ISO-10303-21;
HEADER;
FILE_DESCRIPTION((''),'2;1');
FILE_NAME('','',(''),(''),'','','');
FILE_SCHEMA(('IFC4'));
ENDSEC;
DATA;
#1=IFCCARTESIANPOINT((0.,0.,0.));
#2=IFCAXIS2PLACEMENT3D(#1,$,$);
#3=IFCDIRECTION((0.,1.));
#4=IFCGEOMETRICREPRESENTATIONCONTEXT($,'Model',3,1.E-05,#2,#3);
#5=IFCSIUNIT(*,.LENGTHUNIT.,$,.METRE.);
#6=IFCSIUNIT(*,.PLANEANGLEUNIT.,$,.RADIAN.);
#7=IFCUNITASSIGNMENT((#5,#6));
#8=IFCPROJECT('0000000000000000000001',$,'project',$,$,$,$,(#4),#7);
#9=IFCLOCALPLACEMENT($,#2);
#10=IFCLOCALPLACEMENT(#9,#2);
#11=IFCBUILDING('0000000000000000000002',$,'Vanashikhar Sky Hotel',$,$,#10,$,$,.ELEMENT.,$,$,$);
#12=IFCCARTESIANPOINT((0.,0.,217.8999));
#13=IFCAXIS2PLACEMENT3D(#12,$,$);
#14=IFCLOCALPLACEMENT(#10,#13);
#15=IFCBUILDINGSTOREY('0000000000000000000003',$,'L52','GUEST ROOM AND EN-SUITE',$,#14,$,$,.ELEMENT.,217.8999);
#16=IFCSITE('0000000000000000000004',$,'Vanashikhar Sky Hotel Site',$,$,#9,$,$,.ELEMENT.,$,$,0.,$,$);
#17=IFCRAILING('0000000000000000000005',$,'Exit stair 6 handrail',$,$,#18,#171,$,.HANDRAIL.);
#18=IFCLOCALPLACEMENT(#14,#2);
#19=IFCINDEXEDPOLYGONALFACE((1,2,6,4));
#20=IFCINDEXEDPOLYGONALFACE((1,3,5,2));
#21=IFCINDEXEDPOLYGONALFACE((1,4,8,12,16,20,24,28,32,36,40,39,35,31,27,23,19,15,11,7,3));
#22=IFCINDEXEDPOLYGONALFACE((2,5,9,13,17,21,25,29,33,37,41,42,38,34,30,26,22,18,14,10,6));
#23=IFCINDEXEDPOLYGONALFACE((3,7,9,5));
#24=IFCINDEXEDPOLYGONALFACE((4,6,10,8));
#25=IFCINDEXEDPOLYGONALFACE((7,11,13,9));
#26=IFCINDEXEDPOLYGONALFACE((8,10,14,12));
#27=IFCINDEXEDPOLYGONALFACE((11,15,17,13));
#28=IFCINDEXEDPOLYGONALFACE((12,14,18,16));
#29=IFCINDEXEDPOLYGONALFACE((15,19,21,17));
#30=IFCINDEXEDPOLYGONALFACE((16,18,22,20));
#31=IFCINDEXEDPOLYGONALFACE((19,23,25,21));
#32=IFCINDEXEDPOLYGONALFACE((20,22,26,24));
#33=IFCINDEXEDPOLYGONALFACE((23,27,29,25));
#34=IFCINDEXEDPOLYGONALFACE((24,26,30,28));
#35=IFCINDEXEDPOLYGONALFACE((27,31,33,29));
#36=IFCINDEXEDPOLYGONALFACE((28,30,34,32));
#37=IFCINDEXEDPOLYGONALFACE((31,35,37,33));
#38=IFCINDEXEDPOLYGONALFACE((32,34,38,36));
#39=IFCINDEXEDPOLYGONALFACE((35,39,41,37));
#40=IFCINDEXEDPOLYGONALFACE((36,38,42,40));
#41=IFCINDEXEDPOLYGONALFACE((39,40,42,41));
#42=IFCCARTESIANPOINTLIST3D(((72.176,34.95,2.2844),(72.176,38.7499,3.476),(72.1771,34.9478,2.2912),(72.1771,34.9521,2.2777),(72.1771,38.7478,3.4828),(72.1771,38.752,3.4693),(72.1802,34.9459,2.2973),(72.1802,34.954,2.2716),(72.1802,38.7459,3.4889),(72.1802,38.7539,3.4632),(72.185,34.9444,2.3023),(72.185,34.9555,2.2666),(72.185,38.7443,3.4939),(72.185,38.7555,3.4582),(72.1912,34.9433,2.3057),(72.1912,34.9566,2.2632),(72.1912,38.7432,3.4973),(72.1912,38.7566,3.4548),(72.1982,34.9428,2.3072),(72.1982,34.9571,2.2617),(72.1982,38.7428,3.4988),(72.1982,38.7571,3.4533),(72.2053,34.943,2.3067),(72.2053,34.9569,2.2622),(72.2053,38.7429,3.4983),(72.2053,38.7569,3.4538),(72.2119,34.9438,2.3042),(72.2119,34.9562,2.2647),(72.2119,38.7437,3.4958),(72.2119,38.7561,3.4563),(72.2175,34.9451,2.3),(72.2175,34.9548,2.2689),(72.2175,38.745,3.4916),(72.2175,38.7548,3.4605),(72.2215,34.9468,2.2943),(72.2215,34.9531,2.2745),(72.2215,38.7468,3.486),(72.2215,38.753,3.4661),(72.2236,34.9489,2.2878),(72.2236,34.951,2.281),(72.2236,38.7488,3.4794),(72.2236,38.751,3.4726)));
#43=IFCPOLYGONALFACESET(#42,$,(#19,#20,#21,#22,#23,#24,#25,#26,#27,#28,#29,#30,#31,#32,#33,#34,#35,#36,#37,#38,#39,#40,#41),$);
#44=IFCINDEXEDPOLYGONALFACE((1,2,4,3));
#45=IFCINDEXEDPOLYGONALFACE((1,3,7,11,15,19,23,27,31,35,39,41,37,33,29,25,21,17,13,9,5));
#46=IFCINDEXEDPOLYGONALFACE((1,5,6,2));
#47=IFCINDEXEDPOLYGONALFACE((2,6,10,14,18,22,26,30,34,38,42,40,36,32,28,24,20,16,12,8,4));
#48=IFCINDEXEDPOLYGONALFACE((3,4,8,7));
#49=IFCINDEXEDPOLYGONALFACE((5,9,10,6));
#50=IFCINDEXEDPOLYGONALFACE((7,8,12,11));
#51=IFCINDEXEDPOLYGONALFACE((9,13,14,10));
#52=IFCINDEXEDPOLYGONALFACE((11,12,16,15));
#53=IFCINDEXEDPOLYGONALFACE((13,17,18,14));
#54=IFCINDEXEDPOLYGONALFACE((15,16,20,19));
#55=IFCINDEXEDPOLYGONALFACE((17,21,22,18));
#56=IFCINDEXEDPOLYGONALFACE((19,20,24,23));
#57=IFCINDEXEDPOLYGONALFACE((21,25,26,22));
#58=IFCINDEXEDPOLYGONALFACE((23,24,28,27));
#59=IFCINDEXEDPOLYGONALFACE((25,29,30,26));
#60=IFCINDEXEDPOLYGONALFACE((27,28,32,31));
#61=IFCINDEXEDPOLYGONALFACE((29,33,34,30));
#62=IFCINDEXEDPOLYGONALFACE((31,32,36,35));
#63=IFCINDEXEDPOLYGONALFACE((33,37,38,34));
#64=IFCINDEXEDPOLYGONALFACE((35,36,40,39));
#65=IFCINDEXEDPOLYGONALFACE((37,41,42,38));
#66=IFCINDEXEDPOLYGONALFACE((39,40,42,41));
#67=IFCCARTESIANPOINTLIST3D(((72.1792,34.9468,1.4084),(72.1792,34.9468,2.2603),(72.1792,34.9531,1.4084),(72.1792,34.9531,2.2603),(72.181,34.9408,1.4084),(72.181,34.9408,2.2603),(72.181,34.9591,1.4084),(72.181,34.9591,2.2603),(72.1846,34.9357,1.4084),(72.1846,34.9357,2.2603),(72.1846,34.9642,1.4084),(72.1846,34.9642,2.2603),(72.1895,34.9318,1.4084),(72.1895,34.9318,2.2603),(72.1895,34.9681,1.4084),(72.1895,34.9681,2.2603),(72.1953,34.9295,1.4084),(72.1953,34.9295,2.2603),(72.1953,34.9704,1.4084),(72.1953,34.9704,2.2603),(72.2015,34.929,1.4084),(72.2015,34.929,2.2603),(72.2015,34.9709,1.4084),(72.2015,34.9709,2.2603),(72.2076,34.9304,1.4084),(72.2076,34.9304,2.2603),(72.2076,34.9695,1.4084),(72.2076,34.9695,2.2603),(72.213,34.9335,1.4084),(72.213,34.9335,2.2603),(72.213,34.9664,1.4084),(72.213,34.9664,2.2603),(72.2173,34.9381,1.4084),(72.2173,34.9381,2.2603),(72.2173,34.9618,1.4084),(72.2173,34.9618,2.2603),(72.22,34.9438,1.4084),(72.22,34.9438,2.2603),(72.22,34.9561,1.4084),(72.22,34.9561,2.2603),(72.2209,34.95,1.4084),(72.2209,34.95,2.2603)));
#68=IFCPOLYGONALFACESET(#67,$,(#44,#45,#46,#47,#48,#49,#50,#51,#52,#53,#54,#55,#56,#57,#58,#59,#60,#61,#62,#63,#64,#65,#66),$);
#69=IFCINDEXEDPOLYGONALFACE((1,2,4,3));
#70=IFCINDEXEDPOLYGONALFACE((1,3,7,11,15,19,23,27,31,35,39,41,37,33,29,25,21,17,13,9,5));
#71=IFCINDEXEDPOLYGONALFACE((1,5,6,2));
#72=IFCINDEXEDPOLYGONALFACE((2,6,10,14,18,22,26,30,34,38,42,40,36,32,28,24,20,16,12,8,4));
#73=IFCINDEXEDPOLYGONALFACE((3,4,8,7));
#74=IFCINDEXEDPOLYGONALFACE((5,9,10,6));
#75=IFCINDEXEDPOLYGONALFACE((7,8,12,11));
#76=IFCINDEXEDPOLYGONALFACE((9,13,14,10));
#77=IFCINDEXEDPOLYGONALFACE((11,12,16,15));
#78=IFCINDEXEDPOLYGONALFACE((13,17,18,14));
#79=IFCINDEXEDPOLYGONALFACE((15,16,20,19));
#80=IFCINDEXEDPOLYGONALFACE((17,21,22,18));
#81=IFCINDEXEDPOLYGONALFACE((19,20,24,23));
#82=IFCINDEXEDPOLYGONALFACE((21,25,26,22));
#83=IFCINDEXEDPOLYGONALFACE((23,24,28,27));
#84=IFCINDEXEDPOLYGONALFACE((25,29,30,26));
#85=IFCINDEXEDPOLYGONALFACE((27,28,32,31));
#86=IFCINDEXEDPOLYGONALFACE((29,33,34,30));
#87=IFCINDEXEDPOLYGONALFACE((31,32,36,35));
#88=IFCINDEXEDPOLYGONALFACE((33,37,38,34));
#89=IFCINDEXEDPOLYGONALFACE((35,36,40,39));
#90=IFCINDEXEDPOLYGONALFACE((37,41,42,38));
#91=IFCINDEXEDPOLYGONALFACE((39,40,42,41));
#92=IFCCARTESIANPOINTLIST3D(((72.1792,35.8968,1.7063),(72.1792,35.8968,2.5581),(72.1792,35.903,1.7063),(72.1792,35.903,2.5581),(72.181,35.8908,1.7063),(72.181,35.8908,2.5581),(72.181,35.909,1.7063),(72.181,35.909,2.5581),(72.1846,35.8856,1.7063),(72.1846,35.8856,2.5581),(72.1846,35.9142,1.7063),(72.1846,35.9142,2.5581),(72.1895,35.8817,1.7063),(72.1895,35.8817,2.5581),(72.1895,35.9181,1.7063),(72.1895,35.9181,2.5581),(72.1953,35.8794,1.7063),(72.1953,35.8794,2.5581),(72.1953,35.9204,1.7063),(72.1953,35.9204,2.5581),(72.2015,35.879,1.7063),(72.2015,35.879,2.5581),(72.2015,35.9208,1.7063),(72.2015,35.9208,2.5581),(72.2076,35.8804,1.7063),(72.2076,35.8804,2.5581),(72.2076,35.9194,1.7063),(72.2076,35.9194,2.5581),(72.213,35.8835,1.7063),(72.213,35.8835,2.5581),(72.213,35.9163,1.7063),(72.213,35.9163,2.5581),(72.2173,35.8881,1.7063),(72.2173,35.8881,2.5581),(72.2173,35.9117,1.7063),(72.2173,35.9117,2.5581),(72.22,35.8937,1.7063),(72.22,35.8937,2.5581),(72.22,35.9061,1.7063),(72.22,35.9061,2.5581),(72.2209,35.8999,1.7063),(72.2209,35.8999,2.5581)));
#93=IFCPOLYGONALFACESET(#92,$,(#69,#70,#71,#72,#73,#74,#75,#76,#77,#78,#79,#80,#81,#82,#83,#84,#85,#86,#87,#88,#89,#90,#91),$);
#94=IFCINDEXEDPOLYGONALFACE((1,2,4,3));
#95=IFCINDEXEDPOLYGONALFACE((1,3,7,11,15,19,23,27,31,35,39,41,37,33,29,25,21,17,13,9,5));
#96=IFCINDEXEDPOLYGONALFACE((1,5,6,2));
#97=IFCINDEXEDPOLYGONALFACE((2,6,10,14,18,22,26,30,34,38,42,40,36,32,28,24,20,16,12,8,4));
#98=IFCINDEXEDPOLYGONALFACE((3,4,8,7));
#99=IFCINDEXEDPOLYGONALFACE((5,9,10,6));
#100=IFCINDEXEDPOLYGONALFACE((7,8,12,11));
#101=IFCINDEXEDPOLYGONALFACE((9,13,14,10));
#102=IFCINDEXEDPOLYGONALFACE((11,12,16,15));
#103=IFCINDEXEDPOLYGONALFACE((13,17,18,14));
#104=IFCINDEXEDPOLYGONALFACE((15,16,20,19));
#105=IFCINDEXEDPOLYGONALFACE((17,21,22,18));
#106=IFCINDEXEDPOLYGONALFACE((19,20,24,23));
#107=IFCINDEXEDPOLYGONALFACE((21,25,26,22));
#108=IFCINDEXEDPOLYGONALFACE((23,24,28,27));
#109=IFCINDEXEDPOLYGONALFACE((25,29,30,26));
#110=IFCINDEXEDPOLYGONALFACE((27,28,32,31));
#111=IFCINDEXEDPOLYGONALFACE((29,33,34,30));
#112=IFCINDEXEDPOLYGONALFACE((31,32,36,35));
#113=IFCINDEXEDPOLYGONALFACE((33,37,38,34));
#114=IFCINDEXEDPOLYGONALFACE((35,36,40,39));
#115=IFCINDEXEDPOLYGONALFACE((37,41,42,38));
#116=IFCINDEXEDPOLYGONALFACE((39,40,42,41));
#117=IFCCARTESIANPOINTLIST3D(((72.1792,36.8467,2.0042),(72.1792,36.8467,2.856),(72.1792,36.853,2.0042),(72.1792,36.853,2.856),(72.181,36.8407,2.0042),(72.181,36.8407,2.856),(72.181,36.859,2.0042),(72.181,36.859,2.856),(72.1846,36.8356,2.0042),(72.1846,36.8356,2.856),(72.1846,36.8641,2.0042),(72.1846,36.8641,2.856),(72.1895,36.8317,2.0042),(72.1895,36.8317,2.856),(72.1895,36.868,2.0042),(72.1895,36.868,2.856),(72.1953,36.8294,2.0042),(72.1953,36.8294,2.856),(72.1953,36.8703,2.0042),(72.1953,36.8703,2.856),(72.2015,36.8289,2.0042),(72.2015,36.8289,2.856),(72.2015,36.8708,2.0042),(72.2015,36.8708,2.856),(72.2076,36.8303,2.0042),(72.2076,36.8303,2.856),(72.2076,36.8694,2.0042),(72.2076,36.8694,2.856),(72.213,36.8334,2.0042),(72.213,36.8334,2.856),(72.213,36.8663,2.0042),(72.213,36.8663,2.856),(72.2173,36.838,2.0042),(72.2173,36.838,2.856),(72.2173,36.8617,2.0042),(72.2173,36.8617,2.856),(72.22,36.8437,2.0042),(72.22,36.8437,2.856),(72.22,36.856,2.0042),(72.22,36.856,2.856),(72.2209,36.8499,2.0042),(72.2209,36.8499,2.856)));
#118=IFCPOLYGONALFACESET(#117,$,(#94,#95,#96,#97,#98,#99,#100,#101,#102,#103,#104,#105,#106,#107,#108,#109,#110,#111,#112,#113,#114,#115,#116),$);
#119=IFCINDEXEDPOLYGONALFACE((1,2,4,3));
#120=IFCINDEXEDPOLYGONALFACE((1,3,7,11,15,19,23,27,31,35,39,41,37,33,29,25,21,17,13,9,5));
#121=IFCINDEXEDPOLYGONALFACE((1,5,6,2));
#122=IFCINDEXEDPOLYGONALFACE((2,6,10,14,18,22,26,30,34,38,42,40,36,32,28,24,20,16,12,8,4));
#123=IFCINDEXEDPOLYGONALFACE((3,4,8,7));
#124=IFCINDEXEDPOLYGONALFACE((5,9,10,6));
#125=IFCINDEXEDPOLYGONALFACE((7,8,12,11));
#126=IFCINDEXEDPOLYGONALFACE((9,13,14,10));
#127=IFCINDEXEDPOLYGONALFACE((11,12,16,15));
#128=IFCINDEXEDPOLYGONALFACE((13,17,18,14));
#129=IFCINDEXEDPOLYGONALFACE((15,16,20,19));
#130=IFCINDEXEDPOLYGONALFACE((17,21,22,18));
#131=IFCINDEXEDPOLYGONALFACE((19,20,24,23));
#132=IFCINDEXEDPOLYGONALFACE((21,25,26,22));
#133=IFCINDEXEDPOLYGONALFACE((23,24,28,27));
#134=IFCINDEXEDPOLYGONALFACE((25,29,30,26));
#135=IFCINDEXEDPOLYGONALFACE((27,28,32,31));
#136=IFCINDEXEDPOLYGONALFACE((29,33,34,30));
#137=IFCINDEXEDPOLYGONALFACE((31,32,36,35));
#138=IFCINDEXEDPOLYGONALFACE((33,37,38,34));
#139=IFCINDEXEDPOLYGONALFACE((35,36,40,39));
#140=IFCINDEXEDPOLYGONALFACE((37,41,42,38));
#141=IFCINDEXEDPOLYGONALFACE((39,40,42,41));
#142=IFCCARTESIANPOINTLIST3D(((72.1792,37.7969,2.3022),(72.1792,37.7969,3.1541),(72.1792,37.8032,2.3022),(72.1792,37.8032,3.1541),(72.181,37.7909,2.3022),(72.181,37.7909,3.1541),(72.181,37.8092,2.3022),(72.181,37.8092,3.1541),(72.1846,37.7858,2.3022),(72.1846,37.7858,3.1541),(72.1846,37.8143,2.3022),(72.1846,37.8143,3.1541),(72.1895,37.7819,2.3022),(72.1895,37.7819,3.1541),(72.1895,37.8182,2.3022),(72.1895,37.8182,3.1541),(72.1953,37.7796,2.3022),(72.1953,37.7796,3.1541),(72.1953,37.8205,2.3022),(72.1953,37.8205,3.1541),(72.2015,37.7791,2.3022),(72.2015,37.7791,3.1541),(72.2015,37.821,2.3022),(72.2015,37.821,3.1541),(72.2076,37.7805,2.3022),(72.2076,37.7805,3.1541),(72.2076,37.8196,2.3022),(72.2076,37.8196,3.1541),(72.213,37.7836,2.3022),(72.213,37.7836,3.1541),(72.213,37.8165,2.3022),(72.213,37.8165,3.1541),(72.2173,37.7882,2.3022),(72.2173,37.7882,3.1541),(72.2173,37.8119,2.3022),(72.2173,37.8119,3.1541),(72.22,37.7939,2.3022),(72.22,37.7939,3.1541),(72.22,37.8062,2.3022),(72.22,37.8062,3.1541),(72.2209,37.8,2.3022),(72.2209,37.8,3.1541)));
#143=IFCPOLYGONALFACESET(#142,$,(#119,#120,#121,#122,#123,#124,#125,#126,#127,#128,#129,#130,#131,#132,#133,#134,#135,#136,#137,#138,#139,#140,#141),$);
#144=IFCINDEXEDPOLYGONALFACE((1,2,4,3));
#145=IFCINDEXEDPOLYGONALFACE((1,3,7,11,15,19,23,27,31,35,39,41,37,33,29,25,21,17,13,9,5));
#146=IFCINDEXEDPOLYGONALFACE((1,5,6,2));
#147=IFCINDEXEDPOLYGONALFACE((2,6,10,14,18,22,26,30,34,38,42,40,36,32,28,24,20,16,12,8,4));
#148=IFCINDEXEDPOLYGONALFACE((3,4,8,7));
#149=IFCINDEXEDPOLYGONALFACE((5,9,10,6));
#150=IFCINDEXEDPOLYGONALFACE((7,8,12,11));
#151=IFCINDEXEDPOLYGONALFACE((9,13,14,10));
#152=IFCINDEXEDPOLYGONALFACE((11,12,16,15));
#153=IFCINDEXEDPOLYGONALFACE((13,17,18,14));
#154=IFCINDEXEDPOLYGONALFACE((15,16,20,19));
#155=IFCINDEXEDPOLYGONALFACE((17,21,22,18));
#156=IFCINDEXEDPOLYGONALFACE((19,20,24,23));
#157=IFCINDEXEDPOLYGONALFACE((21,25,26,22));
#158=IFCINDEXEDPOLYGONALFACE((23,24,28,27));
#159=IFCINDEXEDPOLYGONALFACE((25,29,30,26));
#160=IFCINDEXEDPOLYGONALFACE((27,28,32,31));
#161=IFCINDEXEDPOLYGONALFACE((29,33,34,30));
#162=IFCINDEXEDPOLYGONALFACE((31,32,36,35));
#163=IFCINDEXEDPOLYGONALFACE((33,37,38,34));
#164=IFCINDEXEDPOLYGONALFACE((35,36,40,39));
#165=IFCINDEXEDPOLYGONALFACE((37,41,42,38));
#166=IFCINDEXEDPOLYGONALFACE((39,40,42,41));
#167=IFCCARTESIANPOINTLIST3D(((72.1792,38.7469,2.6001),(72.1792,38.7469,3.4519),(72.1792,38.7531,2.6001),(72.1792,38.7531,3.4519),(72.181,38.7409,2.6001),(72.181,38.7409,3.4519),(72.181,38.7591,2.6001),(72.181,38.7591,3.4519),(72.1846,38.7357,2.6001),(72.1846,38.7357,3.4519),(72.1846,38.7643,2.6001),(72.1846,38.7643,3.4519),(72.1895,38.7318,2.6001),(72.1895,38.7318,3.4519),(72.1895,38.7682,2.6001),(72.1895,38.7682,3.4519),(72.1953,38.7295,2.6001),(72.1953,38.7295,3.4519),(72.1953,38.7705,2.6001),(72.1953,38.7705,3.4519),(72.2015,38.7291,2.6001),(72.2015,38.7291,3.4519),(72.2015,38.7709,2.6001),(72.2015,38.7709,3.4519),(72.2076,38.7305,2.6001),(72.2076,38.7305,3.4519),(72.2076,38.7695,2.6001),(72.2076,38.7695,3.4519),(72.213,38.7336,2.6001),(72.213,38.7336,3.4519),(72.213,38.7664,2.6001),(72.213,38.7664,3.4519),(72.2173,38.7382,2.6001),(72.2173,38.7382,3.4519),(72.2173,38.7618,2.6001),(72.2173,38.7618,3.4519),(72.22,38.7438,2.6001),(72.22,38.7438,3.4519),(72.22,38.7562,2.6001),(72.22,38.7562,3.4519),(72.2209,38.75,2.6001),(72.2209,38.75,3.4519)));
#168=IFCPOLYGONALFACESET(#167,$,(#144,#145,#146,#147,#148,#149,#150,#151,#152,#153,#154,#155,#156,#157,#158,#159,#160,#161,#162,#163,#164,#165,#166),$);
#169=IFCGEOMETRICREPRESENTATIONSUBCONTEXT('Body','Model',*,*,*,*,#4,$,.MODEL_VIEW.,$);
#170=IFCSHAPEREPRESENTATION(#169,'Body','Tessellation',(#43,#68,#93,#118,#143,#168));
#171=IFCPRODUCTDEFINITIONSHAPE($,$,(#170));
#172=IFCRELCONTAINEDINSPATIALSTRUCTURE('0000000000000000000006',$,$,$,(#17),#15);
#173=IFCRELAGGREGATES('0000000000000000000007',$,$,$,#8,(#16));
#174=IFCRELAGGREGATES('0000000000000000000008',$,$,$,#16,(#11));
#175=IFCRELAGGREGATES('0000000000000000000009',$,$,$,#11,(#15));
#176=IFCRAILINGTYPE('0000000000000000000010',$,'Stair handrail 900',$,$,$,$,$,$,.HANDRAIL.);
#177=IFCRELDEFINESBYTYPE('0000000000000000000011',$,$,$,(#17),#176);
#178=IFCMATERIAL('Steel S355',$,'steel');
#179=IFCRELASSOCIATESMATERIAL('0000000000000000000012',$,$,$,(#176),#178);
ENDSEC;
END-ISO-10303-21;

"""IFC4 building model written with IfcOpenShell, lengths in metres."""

from ifc_helpers import new_model, si_unit, direction, frame, origin, origin_2d, place, context, subcontext, project, spatial, circle, extrude, source, transform, mapped, material, type_object, element, save


model = new_model("IFC4")

# Units and contexts
model_context = context("Model", 3, precision=1e-05, world=origin(), true_north=direction((0.0, 1.0)))
body_context = subcontext(model_context, "Body", "Model", "MODEL_VIEW")
ifc_project = project(units=[si_unit("LENGTHUNIT", "METRE"), si_unit("PLANEANGLEUNIT", "RADIAN")], contexts=[model_context])

# Site, building, storey
site_placement = place(None, origin())
site = spatial("IfcSite", under=ifc_project, at=site_placement, Name="Vanashikhar Sky Hotel Site", CompositionType="ELEMENT", RefElevation=0.0)
building_placement = place(site_placement, origin())
building = spatial("IfcBuilding", under=site, at=building_placement, Name="Vanashikhar Sky Hotel", CompositionType="ELEMENT")
storey_placement = place(building_placement, frame((0.0, 0.0, 217.8999)))
storey = spatial("IfcBuildingStorey", under=building, at=storey_placement, Name="L52", Description="GUEST ROOM AND EN-SUITE", CompositionType="ELEMENT", Elevation=217.8999)

# Railing
ifc_material_1 = material(Name="Steel S355", Category="steel")
railing_type_1 = type_object("IfcRailingType", Name="Stair handrail 900", PredefinedType="HANDRAIL", material=ifc_material_1)
shared_shape_1 = source(origin(), body_context, "Body", "SweptSolid", [
    extrude(circle(Radius=0.0239, at=origin_2d()), frame((0.0, 0.0, 0.876), z_axis=(0.0, 0.954184, 0.299221), x_axis=(-1.0, 0.0, 0.0)), (0.0, 0.0, 1.0), 3.9824),
    extrude(circle(Radius=0.021, at=origin_2d()), origin(), (0.0, 0.0, 1.0), 0.8518),
    extrude(circle(Radius=0.021, at=origin_2d()), frame((0.0, 0.95, 0.2979)), (0.0, 0.0, 1.0), 0.8518),
    extrude(circle(Radius=0.021, at=origin_2d()), frame((0.0, 1.8999, 0.5957)), (0.0, 0.0, 1.0), 0.8518),
    extrude(circle(Radius=0.021, at=origin_2d()), frame((0.0, 2.8501, 0.8938)), (0.0, 0.0, 1.0), 0.8518),
    extrude(circle(Radius=0.021, at=origin_2d()), frame((0.0, 3.8, 1.1917)), (0.0, 0.0, 1.0), 0.8518),
])
railing_1_placement = place(storey_placement, frame((72.2, 34.95, 1.4084)))
element("IfcRailing", 1, at=railing_1_placement, inside=storey, type_object=railing_type_1, Name="Exit stair 6 handrail", PredefinedType="HANDRAIL", context=body_context, shape_type="MappedRepresentation", body=[
    mapped(shared_shape_1, transform((0.0, 0.0, 0.0), scale=1.0)),
])

save(model, "model.ifc")
